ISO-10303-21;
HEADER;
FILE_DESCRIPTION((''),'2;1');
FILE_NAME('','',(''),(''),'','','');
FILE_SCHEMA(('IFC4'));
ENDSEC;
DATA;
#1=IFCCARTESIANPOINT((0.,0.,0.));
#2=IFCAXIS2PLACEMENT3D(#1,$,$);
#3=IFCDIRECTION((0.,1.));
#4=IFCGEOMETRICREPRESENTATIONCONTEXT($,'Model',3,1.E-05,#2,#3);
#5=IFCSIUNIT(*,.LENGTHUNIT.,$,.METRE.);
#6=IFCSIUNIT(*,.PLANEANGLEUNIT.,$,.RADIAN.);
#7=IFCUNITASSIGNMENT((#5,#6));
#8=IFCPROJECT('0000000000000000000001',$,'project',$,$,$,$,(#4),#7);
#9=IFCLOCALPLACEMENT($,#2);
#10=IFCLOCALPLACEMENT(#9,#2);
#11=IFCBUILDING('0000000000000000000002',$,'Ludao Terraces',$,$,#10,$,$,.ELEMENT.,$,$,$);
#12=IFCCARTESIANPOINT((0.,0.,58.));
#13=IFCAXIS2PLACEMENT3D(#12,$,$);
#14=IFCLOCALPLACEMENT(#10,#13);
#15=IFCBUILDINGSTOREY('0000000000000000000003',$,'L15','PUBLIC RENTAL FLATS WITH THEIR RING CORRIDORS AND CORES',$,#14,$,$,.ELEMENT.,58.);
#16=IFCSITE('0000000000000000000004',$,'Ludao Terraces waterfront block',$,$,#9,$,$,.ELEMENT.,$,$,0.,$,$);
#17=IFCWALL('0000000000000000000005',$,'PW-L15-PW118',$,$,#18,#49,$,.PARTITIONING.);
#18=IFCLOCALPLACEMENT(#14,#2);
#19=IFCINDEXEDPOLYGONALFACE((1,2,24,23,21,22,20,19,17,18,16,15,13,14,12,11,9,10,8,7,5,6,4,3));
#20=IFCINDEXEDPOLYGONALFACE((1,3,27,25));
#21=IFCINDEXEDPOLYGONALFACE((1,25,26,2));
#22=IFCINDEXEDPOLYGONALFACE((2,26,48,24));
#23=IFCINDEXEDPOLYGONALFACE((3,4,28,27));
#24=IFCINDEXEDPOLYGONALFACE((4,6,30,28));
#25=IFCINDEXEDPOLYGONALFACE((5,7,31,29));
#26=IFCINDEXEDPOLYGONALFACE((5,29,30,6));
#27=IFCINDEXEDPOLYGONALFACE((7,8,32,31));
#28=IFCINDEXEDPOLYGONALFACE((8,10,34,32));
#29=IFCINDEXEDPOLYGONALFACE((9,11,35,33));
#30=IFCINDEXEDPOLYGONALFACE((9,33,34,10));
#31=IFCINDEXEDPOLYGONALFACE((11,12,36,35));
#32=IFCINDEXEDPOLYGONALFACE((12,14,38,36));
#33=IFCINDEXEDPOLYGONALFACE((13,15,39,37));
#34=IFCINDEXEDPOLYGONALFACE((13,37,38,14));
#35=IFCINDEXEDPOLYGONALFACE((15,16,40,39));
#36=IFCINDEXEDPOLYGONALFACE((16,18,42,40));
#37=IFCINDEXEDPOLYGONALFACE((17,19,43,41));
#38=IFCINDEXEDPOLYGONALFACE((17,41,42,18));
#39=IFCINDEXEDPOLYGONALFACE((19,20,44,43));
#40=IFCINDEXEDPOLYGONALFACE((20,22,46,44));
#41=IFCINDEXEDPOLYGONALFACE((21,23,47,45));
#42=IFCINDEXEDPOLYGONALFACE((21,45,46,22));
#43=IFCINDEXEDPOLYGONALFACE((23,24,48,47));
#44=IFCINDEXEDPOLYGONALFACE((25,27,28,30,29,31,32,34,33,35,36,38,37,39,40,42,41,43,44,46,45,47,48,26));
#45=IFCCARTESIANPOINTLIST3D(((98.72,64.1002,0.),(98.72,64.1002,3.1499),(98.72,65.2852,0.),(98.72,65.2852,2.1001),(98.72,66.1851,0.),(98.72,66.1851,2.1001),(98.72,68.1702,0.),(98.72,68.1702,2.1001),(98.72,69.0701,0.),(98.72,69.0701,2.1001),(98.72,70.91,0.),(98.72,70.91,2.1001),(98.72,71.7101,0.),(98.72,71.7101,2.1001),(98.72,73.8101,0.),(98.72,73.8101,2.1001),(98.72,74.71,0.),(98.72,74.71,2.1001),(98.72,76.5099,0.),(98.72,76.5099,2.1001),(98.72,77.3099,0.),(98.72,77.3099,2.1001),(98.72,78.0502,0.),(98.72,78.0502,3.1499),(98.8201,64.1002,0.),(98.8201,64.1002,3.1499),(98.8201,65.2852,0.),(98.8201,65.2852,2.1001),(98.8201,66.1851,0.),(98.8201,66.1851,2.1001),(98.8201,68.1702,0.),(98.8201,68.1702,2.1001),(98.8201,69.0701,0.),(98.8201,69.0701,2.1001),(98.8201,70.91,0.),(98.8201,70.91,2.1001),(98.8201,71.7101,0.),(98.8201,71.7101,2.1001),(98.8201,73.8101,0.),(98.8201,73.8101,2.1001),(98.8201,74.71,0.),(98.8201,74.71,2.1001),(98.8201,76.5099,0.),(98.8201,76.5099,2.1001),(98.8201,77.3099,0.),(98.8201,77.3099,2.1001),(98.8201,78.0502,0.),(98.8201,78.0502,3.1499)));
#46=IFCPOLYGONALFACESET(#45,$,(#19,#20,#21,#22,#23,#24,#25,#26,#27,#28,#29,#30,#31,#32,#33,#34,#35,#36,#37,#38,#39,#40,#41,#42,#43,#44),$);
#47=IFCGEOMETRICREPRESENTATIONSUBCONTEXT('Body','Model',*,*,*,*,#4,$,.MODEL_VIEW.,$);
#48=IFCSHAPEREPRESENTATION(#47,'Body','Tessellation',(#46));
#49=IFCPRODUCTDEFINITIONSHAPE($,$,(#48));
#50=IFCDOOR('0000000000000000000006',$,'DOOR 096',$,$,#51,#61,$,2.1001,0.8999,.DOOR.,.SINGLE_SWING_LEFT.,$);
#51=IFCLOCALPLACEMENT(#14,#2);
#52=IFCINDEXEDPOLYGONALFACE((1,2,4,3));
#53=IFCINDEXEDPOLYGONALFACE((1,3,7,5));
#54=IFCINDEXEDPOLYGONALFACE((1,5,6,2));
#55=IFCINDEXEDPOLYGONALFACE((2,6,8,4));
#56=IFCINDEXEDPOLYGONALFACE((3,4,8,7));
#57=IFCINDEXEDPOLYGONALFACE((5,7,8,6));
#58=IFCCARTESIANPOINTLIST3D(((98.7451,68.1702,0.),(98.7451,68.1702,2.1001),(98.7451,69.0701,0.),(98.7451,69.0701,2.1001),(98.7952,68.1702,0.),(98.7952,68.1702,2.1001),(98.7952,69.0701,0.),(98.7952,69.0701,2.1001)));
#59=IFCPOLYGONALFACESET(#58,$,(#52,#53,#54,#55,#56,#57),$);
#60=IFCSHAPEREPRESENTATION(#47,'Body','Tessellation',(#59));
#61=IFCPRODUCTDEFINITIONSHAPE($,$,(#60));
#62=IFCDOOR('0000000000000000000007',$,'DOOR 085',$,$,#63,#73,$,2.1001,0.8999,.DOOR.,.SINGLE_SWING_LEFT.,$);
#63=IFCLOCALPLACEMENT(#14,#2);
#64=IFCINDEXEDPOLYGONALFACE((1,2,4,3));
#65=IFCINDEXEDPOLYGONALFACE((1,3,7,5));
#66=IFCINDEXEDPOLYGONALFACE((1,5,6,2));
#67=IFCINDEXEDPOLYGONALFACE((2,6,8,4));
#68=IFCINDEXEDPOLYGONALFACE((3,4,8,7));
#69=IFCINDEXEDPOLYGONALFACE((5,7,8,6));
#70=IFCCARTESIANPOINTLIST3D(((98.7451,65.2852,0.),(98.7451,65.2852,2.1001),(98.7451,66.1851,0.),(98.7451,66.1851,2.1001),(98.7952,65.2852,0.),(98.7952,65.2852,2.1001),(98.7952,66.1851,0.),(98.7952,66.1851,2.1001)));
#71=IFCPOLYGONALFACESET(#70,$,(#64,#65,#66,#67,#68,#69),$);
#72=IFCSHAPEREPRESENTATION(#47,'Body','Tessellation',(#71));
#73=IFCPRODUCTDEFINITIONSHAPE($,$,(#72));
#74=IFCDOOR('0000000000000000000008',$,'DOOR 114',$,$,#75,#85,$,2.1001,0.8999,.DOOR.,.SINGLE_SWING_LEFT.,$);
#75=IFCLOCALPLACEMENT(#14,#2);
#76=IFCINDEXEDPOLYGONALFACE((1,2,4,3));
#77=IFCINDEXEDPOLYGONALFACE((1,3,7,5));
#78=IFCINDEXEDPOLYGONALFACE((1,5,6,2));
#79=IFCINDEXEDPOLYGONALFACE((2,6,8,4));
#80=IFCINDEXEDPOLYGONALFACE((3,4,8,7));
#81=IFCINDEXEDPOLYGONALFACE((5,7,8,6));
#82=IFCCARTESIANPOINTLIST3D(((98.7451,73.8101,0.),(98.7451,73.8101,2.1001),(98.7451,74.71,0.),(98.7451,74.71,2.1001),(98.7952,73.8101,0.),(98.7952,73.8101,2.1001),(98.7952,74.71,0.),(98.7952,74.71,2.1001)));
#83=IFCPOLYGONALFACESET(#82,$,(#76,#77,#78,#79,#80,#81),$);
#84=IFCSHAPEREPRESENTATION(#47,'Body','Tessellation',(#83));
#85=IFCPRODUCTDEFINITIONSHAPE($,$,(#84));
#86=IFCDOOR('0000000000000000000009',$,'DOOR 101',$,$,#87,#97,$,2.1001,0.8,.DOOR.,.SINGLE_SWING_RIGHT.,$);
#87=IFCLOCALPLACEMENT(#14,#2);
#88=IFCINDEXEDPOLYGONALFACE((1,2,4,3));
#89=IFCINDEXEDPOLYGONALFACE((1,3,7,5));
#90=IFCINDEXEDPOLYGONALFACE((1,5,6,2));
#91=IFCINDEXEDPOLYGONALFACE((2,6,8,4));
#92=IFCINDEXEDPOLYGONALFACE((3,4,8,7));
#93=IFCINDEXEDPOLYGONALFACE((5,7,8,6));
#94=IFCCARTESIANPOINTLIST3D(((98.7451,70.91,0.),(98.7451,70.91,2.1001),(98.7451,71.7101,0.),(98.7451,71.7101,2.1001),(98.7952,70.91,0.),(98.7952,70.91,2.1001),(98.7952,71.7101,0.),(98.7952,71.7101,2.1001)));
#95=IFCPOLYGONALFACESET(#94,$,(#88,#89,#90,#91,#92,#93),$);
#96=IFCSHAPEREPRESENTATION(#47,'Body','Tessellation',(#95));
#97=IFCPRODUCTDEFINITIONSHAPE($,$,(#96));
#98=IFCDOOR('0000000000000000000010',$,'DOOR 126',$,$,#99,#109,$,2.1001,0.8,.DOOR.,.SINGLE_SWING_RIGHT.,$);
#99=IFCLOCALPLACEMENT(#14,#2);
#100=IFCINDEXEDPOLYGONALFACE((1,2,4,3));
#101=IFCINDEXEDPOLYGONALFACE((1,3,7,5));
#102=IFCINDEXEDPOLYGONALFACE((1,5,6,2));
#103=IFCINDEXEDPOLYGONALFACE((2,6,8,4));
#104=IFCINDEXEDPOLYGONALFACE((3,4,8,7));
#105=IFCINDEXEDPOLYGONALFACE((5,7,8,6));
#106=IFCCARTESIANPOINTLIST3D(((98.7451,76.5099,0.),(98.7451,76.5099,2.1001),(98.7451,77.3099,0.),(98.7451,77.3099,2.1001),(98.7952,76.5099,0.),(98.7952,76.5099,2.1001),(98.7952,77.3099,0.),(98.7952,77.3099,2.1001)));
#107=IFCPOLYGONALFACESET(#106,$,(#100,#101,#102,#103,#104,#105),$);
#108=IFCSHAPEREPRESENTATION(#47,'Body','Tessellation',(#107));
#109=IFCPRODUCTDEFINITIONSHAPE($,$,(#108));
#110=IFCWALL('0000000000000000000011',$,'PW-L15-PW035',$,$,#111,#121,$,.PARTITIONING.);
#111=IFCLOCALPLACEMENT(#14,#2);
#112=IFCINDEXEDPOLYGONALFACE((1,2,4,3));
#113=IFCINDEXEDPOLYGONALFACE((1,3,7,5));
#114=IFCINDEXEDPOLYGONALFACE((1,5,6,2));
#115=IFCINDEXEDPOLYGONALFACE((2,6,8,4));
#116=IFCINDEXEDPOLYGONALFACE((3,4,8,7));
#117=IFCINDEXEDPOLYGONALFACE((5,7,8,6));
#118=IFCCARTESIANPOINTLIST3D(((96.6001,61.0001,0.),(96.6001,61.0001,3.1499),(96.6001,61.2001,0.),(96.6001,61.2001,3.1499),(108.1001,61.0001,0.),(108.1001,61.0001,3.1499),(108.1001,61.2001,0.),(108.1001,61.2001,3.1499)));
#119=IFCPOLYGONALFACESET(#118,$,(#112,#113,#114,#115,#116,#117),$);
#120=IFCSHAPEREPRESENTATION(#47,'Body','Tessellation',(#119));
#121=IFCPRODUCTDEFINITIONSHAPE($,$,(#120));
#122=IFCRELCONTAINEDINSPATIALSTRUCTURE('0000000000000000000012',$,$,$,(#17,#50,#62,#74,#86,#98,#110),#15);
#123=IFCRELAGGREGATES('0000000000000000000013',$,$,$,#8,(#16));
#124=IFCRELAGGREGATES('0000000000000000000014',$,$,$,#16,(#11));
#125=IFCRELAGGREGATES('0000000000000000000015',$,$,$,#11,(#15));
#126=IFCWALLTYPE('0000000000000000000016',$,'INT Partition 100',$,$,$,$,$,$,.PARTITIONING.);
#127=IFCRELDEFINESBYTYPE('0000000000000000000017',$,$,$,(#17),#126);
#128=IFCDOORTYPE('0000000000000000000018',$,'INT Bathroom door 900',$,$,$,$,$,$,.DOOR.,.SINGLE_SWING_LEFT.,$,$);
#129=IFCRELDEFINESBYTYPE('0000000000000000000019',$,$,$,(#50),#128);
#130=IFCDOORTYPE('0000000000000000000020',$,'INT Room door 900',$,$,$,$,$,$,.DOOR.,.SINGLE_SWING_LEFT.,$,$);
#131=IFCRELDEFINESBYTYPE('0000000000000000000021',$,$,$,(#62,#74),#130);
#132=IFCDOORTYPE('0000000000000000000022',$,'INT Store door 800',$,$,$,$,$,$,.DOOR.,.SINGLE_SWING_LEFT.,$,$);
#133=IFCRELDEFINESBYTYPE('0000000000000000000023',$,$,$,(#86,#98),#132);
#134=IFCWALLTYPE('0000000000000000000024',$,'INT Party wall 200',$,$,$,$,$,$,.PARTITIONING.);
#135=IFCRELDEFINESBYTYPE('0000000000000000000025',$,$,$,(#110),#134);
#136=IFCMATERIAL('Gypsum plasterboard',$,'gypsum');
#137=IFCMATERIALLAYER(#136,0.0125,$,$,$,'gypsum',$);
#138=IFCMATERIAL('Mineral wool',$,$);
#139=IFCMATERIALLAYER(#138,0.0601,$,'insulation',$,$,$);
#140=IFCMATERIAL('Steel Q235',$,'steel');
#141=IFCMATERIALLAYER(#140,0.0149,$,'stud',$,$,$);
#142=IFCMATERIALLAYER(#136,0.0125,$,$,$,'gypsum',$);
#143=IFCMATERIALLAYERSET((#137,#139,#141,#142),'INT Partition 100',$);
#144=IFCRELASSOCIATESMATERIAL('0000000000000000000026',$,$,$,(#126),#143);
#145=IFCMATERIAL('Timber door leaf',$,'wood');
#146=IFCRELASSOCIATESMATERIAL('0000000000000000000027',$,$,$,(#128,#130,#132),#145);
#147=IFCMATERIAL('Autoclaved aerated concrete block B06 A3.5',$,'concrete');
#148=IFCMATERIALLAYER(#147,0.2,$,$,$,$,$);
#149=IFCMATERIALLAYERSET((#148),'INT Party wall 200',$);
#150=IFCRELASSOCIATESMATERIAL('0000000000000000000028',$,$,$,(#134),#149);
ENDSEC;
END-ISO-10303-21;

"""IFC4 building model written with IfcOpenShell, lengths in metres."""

from ifc_helpers import new_model, si_unit, direction, frame, frame_2d, origin, place, context, subcontext, project, spatial, rectangle, extrude, material, layer, layer_set, type_object, element, fill, save


model = new_model("IFC4")

# Units and contexts
model_context = context("Model", 3, precision=1e-05, world=origin(), true_north=direction((0.0, 1.0)))
body_context = subcontext(model_context, "Body", "Model", "MODEL_VIEW")
ifc_project = project(units=[si_unit("LENGTHUNIT", "METRE"), si_unit("PLANEANGLEUNIT", "RADIAN")], contexts=[model_context])

# Site, building, storey
site_placement = place(None, origin())
site = spatial("IfcSite", under=ifc_project, at=site_placement, Name="Ludao Terraces waterfront block", CompositionType="ELEMENT", RefElevation=0.0)
building_placement = place(site_placement, origin())
building = spatial("IfcBuilding", under=site, at=building_placement, Name="Ludao Terraces", CompositionType="ELEMENT")
storey_placement = place(building_placement, frame((0.0, 0.0, 58.0)))
storey = spatial("IfcBuildingStorey", under=building, at=storey_placement, Name="L15", Description="PUBLIC RENTAL FLATS WITH THEIR RING CORRIDORS AND CORES", CompositionType="ELEMENT", Elevation=58.0)

# Shared definitions
ifc_material_1 = material(Name="Autoclaved aerated concrete block B06 A3.5", Category="concrete")
ifc_material_2 = material(Name="Steel Q235", Category="steel")

# Shared definitions
ifc_material_3 = material(Name="Gypsum plasterboard", Category="gypsum")
ifc_layer_1 = layer(ifc_material_3, 0.0125, Category="gypsum")
ifc_material_4 = material(Name="Mineral wool")
ifc_layer_2 = layer(ifc_material_4, 0.0601, Name="insulation")
ifc_layer_3 = layer(ifc_material_2, 0.0149, Name="stud")
ifc_layer_4 = layer(ifc_material_3, 0.0125, Category="gypsum")
ifc_layer_set_1 = layer_set([ifc_layer_1, ifc_layer_2, ifc_layer_3, ifc_layer_4], Name="INT Partition 100")
wall_type_1 = type_object("IfcWallType", Name="INT Partition 100", PredefinedType="PARTITIONING", material=ifc_layer_set_1)

# Wall, openings, doors
ifc_material_5 = material(Name="Timber door leaf", Category="wood")
door_type_1 = type_object("IfcDoorType", Name="INT Bathroom door 900", OperationType="SINGLE_SWING_LEFT", PredefinedType="DOOR", material=ifc_material_5)
door_type_2 = type_object("IfcDoorType", Name="INT Room door 900", OperationType="SINGLE_SWING_LEFT", PredefinedType="DOOR", material=ifc_material_5)
door_type_3 = type_object("IfcDoorType", Name="INT Store door 800", OperationType="SINGLE_SWING_LEFT", PredefinedType="DOOR", material=ifc_material_5)
wall_1_placement = place(storey_placement, frame((98.77, 64.1001, 0.0), z_axis=(0.0, 0.0, 1.0), x_axis=(0.0, 1.0, 0.0)))
wall_1 = element("IfcWall", 1, at=wall_1_placement, inside=storey, type_object=wall_type_1, Name="PW-L15-PW118", PredefinedType="PARTITIONING", context=body_context, shape_type="SweptSolid", body=[
    extrude(rectangle(XDim=13.95, YDim=0.1001, at=frame_2d((6.9751, 0.0))), origin(), (0.0, 0.0, 1.0), 3.1499),
])
opening_1_placement = place(wall_1_placement, frame((1.1851, 0.0, 0.0)))
opening_1 = element("IfcOpeningElement", 2, at=opening_1_placement, cuts=wall_1, PredefinedType="OPENING", context=body_context, shape_type="SweptSolid", body=[
    extrude(rectangle(XDim=0.8999, YDim=2.1001, at=frame_2d((0.45, 1.05))), frame((0.0, 0.0601, 0.0), z_axis=(0.0, -1.0, 0.0), x_axis=(1.0, 0.0, 0.0)), (0.0, 0.0, 1.0), 0.1201),
])
opening_2_placement = place(wall_1_placement, frame((4.0701, 0.0, 0.0)))
opening_2 = element("IfcOpeningElement", 3, at=opening_2_placement, cuts=wall_1, PredefinedType="OPENING", context=body_context, shape_type="SweptSolid", body=[
    extrude(rectangle(XDim=0.8999, YDim=2.1001, at=frame_2d((0.45, 1.05))), frame((0.0, 0.0601, 0.0), z_axis=(0.0, -1.0, 0.0), x_axis=(1.0, 0.0, 0.0)), (0.0, 0.0, 1.0), 0.1201),
])
opening_3_placement = place(wall_1_placement, frame((6.8101, 0.0, 0.0)))
opening_3 = element("IfcOpeningElement", 4, at=opening_3_placement, cuts=wall_1, PredefinedType="OPENING", context=body_context, shape_type="SweptSolid", body=[
    extrude(rectangle(XDim=0.8, YDim=2.1001, at=frame_2d((0.3999, 1.05))), frame((0.0, 0.0601, 0.0), z_axis=(0.0, -1.0, 0.0), x_axis=(1.0, 0.0, 0.0)), (0.0, 0.0, 1.0), 0.1201),
])
opening_4_placement = place(wall_1_placement, frame((9.71, 0.0, 0.0)))
opening_4 = element("IfcOpeningElement", 5, at=opening_4_placement, cuts=wall_1, PredefinedType="OPENING", context=body_context, shape_type="SweptSolid", body=[
    extrude(rectangle(XDim=0.8999, YDim=2.1001, at=frame_2d((0.45, 1.05))), frame((0.0, 0.0601, 0.0), z_axis=(0.0, -1.0, 0.0), x_axis=(1.0, 0.0, 0.0)), (0.0, 0.0, 1.0), 0.1201),
])
opening_5_placement = place(wall_1_placement, frame((12.4099, 0.0, 0.0)))
opening_5 = element("IfcOpeningElement", 6, at=opening_5_placement, cuts=wall_1, PredefinedType="OPENING", context=body_context, shape_type="SweptSolid", body=[
    extrude(rectangle(XDim=0.8, YDim=2.1001, at=frame_2d((0.3999, 1.05))), frame((0.0, 0.0601, 0.0), z_axis=(0.0, -1.0, 0.0), x_axis=(1.0, 0.0, 0.0)), (0.0, 0.0, 1.0), 0.1201),
])
door_1_placement = place(opening_2_placement, origin())
door_1 = element("IfcDoor", 7, at=door_1_placement, inside=storey, type_object=door_type_1, Name="DOOR 096", OperationType="SINGLE_SWING_LEFT", OverallHeight=2.1001, OverallWidth=0.8999, PredefinedType="DOOR", context=body_context, shape_type="SweptSolid", body=[
    extrude(rectangle(XDim=0.8999, YDim=2.1001, at=frame_2d((0.45, 1.05))), frame((0.0, 0.0249, 0.0), z_axis=(0.0, -1.0, 0.0), x_axis=(1.0, 0.0, 0.0)), (0.0, 0.0, 1.0), 0.05),
])
fill(opening_2, door_1)
door_2_placement = place(opening_1_placement, origin())
door_2 = element("IfcDoor", 8, at=door_2_placement, inside=storey, type_object=door_type_2, Name="DOOR 085", OperationType="SINGLE_SWING_LEFT", OverallHeight=2.1001, OverallWidth=0.8999, PredefinedType="DOOR", context=body_context, shape_type="SweptSolid", body=[
    extrude(rectangle(XDim=0.8999, YDim=2.1001, at=frame_2d((0.45, 1.05))), frame((0.0, 0.0249, 0.0), z_axis=(0.0, -1.0, 0.0), x_axis=(1.0, 0.0, 0.0)), (0.0, 0.0, 1.0), 0.05),
])
fill(opening_1, door_2)
door_3_placement = place(opening_4_placement, origin())
door_3 = element("IfcDoor", 9, at=door_3_placement, inside=storey, type_object=door_type_2, Name="DOOR 114", OperationType="SINGLE_SWING_LEFT", OverallHeight=2.1001, OverallWidth=0.8999, PredefinedType="DOOR", context=body_context, shape_type="SweptSolid", body=[
    extrude(rectangle(XDim=0.8999, YDim=2.1001, at=frame_2d((0.45, 1.05))), frame((0.0, 0.0249, 0.0), z_axis=(0.0, -1.0, 0.0), x_axis=(1.0, 0.0, 0.0)), (0.0, 0.0, 1.0), 0.05),
])
fill(opening_4, door_3)
door_4_placement = place(opening_3_placement, origin())
door_4 = element("IfcDoor", 10, at=door_4_placement, inside=storey, type_object=door_type_3, Name="DOOR 101", OperationType="SINGLE_SWING_RIGHT", OverallHeight=2.1001, OverallWidth=0.8, PredefinedType="DOOR", context=body_context, shape_type="SweptSolid", body=[
    extrude(rectangle(XDim=0.8, YDim=2.1001, at=frame_2d((0.3999, 1.05))), frame((0.0, 0.0249, 0.0), z_axis=(0.0, -1.0, 0.0), x_axis=(1.0, 0.0, 0.0)), (0.0, 0.0, 1.0), 0.05),
])
fill(opening_3, door_4)
door_5_placement = place(opening_5_placement, origin())
door_5 = element("IfcDoor", 11, at=door_5_placement, inside=storey, type_object=door_type_3, Name="DOOR 126", OperationType="SINGLE_SWING_RIGHT", OverallHeight=2.1001, OverallWidth=0.8, PredefinedType="DOOR", context=body_context, shape_type="SweptSolid", body=[
    extrude(rectangle(XDim=0.8, YDim=2.1001, at=frame_2d((0.3999, 1.05))), frame((0.0, 0.0249, 0.0), z_axis=(0.0, -1.0, 0.0), x_axis=(1.0, 0.0, 0.0)), (0.0, 0.0, 1.0), 0.05),
])
fill(opening_5, door_5)

# Wall
ifc_layer_5 = layer(ifc_material_1, 0.2)
ifc_layer_set_2 = layer_set([ifc_layer_5], Name="INT Party wall 200")
wall_type_2 = type_object("IfcWallType", Name="INT Party wall 200", PredefinedType="PARTITIONING", material=ifc_layer_set_2)
wall_2_placement = place(storey_placement, frame((96.6001, 61.1001, 0.0), z_axis=(0.0, 0.0, 1.0), x_axis=(1.0, 0.0, 0.0)))
element("IfcWall", 12, at=wall_2_placement, inside=storey, type_object=wall_type_2, Name="PW-L15-PW035", PredefinedType="PARTITIONING", context=body_context, shape_type="SweptSolid", body=[
    extrude(rectangle(XDim=11.5, YDim=0.2, at=frame_2d((5.75, 0.0))), origin(), (0.0, 0.0, 1.0), 3.1499),
])

save(model, "model.ifc")
